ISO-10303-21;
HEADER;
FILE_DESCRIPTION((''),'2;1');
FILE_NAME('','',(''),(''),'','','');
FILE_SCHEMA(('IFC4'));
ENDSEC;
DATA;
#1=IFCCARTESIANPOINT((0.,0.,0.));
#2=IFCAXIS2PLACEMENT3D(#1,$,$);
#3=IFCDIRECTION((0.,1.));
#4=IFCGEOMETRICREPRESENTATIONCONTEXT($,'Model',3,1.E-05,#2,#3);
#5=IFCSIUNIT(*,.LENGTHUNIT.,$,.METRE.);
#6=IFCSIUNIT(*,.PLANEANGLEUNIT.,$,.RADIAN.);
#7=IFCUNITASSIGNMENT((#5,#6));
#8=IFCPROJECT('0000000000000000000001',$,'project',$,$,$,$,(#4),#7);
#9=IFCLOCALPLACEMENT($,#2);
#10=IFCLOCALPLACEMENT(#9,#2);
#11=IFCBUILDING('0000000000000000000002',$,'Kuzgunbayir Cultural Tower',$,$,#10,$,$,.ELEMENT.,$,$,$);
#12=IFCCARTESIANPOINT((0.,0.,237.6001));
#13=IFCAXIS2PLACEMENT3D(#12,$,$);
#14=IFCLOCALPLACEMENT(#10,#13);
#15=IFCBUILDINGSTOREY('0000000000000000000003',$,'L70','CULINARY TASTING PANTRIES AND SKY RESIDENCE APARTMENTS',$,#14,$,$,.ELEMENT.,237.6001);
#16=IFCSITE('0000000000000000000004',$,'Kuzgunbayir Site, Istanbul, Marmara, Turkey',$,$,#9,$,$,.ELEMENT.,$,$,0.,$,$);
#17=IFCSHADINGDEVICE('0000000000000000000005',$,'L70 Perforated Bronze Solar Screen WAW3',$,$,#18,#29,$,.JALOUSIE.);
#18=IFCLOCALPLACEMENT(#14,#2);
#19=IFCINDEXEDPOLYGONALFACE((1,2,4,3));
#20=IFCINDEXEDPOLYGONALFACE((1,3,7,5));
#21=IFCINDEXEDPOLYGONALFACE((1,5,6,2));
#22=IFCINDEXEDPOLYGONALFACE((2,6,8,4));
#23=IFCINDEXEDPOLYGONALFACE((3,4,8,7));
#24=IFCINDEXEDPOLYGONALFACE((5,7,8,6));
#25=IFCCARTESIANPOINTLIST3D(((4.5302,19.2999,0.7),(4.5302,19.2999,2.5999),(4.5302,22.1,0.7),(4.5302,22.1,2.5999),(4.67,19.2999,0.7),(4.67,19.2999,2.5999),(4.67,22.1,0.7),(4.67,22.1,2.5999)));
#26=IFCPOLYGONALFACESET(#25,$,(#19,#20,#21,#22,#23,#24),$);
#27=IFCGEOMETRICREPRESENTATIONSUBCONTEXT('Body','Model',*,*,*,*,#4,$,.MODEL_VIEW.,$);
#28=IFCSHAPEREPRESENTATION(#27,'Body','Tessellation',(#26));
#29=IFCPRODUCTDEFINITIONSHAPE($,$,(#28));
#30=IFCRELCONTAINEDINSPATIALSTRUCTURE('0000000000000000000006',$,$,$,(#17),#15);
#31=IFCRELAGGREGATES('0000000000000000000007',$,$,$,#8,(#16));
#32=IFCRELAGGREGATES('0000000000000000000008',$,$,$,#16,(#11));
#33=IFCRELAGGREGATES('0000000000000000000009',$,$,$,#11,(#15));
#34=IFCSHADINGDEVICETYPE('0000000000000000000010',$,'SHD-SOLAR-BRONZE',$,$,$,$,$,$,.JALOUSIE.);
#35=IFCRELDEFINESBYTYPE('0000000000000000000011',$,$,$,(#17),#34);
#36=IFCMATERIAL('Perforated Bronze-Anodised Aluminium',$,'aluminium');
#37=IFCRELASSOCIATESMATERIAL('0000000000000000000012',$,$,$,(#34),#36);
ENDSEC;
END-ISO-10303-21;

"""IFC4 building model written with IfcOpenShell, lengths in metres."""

from ifc_helpers import new_model, si_unit, direction, frame, origin, origin_2d, place, context, subcontext, project, spatial, rectangle, extrude, material, type_object, element, save


model = new_model("IFC4")

# Units and contexts
model_context = context("Model", 3, precision=1e-05, world=origin(), true_north=direction((0.0, 1.0)))
body_context = subcontext(model_context, "Body", "Model", "MODEL_VIEW")
ifc_project = project(units=[si_unit("LENGTHUNIT", "METRE"), si_unit("PLANEANGLEUNIT", "RADIAN")], contexts=[model_context])

# Site, building, storey
site_placement = place(None, origin())
site = spatial("IfcSite", under=ifc_project, at=site_placement, Name="Kuzgunbayir Site, Istanbul, Marmara, Turkey", CompositionType="ELEMENT", RefElevation=0.0)
building_placement = place(site_placement, origin())
building = spatial("IfcBuilding", under=site, at=building_placement, Name="Kuzgunbayir Cultural Tower", CompositionType="ELEMENT")
storey_placement = place(building_placement, frame((0.0, 0.0, 237.6001)))
storey = spatial("IfcBuildingStorey", under=building, at=storey_placement, Name="L70", Description="CULINARY TASTING PANTRIES AND SKY RESIDENCE APARTMENTS", CompositionType="ELEMENT", Elevation=237.6001)

# Shading device
ifc_material_1 = material(Name="Perforated Bronze-Anodised Aluminium", Category="aluminium")
shading_device_type = type_object("IfcShadingDeviceType", Name="SHD-SOLAR-BRONZE", PredefinedType="JALOUSIE", material=ifc_material_1)
shading_device_placement = place(storey_placement, frame((4.6001, 20.7, 0.7), z_axis=(0.0, 0.0, 1.0), x_axis=(1.0, 0.0, 0.0)))
element("IfcShadingDevice", 1, at=shading_device_placement, inside=storey, type_object=shading_device_type, Name="L70 Perforated Bronze Solar Screen WAW3", PredefinedType="JALOUSIE", context=body_context, shape_type="SweptSolid", body=[
    extrude(rectangle(XDim=0.1399, YDim=2.8, at=origin_2d()), origin(), (0.0, 0.0, 1.0), 1.8999),
])

save(model, "model.ifc")
